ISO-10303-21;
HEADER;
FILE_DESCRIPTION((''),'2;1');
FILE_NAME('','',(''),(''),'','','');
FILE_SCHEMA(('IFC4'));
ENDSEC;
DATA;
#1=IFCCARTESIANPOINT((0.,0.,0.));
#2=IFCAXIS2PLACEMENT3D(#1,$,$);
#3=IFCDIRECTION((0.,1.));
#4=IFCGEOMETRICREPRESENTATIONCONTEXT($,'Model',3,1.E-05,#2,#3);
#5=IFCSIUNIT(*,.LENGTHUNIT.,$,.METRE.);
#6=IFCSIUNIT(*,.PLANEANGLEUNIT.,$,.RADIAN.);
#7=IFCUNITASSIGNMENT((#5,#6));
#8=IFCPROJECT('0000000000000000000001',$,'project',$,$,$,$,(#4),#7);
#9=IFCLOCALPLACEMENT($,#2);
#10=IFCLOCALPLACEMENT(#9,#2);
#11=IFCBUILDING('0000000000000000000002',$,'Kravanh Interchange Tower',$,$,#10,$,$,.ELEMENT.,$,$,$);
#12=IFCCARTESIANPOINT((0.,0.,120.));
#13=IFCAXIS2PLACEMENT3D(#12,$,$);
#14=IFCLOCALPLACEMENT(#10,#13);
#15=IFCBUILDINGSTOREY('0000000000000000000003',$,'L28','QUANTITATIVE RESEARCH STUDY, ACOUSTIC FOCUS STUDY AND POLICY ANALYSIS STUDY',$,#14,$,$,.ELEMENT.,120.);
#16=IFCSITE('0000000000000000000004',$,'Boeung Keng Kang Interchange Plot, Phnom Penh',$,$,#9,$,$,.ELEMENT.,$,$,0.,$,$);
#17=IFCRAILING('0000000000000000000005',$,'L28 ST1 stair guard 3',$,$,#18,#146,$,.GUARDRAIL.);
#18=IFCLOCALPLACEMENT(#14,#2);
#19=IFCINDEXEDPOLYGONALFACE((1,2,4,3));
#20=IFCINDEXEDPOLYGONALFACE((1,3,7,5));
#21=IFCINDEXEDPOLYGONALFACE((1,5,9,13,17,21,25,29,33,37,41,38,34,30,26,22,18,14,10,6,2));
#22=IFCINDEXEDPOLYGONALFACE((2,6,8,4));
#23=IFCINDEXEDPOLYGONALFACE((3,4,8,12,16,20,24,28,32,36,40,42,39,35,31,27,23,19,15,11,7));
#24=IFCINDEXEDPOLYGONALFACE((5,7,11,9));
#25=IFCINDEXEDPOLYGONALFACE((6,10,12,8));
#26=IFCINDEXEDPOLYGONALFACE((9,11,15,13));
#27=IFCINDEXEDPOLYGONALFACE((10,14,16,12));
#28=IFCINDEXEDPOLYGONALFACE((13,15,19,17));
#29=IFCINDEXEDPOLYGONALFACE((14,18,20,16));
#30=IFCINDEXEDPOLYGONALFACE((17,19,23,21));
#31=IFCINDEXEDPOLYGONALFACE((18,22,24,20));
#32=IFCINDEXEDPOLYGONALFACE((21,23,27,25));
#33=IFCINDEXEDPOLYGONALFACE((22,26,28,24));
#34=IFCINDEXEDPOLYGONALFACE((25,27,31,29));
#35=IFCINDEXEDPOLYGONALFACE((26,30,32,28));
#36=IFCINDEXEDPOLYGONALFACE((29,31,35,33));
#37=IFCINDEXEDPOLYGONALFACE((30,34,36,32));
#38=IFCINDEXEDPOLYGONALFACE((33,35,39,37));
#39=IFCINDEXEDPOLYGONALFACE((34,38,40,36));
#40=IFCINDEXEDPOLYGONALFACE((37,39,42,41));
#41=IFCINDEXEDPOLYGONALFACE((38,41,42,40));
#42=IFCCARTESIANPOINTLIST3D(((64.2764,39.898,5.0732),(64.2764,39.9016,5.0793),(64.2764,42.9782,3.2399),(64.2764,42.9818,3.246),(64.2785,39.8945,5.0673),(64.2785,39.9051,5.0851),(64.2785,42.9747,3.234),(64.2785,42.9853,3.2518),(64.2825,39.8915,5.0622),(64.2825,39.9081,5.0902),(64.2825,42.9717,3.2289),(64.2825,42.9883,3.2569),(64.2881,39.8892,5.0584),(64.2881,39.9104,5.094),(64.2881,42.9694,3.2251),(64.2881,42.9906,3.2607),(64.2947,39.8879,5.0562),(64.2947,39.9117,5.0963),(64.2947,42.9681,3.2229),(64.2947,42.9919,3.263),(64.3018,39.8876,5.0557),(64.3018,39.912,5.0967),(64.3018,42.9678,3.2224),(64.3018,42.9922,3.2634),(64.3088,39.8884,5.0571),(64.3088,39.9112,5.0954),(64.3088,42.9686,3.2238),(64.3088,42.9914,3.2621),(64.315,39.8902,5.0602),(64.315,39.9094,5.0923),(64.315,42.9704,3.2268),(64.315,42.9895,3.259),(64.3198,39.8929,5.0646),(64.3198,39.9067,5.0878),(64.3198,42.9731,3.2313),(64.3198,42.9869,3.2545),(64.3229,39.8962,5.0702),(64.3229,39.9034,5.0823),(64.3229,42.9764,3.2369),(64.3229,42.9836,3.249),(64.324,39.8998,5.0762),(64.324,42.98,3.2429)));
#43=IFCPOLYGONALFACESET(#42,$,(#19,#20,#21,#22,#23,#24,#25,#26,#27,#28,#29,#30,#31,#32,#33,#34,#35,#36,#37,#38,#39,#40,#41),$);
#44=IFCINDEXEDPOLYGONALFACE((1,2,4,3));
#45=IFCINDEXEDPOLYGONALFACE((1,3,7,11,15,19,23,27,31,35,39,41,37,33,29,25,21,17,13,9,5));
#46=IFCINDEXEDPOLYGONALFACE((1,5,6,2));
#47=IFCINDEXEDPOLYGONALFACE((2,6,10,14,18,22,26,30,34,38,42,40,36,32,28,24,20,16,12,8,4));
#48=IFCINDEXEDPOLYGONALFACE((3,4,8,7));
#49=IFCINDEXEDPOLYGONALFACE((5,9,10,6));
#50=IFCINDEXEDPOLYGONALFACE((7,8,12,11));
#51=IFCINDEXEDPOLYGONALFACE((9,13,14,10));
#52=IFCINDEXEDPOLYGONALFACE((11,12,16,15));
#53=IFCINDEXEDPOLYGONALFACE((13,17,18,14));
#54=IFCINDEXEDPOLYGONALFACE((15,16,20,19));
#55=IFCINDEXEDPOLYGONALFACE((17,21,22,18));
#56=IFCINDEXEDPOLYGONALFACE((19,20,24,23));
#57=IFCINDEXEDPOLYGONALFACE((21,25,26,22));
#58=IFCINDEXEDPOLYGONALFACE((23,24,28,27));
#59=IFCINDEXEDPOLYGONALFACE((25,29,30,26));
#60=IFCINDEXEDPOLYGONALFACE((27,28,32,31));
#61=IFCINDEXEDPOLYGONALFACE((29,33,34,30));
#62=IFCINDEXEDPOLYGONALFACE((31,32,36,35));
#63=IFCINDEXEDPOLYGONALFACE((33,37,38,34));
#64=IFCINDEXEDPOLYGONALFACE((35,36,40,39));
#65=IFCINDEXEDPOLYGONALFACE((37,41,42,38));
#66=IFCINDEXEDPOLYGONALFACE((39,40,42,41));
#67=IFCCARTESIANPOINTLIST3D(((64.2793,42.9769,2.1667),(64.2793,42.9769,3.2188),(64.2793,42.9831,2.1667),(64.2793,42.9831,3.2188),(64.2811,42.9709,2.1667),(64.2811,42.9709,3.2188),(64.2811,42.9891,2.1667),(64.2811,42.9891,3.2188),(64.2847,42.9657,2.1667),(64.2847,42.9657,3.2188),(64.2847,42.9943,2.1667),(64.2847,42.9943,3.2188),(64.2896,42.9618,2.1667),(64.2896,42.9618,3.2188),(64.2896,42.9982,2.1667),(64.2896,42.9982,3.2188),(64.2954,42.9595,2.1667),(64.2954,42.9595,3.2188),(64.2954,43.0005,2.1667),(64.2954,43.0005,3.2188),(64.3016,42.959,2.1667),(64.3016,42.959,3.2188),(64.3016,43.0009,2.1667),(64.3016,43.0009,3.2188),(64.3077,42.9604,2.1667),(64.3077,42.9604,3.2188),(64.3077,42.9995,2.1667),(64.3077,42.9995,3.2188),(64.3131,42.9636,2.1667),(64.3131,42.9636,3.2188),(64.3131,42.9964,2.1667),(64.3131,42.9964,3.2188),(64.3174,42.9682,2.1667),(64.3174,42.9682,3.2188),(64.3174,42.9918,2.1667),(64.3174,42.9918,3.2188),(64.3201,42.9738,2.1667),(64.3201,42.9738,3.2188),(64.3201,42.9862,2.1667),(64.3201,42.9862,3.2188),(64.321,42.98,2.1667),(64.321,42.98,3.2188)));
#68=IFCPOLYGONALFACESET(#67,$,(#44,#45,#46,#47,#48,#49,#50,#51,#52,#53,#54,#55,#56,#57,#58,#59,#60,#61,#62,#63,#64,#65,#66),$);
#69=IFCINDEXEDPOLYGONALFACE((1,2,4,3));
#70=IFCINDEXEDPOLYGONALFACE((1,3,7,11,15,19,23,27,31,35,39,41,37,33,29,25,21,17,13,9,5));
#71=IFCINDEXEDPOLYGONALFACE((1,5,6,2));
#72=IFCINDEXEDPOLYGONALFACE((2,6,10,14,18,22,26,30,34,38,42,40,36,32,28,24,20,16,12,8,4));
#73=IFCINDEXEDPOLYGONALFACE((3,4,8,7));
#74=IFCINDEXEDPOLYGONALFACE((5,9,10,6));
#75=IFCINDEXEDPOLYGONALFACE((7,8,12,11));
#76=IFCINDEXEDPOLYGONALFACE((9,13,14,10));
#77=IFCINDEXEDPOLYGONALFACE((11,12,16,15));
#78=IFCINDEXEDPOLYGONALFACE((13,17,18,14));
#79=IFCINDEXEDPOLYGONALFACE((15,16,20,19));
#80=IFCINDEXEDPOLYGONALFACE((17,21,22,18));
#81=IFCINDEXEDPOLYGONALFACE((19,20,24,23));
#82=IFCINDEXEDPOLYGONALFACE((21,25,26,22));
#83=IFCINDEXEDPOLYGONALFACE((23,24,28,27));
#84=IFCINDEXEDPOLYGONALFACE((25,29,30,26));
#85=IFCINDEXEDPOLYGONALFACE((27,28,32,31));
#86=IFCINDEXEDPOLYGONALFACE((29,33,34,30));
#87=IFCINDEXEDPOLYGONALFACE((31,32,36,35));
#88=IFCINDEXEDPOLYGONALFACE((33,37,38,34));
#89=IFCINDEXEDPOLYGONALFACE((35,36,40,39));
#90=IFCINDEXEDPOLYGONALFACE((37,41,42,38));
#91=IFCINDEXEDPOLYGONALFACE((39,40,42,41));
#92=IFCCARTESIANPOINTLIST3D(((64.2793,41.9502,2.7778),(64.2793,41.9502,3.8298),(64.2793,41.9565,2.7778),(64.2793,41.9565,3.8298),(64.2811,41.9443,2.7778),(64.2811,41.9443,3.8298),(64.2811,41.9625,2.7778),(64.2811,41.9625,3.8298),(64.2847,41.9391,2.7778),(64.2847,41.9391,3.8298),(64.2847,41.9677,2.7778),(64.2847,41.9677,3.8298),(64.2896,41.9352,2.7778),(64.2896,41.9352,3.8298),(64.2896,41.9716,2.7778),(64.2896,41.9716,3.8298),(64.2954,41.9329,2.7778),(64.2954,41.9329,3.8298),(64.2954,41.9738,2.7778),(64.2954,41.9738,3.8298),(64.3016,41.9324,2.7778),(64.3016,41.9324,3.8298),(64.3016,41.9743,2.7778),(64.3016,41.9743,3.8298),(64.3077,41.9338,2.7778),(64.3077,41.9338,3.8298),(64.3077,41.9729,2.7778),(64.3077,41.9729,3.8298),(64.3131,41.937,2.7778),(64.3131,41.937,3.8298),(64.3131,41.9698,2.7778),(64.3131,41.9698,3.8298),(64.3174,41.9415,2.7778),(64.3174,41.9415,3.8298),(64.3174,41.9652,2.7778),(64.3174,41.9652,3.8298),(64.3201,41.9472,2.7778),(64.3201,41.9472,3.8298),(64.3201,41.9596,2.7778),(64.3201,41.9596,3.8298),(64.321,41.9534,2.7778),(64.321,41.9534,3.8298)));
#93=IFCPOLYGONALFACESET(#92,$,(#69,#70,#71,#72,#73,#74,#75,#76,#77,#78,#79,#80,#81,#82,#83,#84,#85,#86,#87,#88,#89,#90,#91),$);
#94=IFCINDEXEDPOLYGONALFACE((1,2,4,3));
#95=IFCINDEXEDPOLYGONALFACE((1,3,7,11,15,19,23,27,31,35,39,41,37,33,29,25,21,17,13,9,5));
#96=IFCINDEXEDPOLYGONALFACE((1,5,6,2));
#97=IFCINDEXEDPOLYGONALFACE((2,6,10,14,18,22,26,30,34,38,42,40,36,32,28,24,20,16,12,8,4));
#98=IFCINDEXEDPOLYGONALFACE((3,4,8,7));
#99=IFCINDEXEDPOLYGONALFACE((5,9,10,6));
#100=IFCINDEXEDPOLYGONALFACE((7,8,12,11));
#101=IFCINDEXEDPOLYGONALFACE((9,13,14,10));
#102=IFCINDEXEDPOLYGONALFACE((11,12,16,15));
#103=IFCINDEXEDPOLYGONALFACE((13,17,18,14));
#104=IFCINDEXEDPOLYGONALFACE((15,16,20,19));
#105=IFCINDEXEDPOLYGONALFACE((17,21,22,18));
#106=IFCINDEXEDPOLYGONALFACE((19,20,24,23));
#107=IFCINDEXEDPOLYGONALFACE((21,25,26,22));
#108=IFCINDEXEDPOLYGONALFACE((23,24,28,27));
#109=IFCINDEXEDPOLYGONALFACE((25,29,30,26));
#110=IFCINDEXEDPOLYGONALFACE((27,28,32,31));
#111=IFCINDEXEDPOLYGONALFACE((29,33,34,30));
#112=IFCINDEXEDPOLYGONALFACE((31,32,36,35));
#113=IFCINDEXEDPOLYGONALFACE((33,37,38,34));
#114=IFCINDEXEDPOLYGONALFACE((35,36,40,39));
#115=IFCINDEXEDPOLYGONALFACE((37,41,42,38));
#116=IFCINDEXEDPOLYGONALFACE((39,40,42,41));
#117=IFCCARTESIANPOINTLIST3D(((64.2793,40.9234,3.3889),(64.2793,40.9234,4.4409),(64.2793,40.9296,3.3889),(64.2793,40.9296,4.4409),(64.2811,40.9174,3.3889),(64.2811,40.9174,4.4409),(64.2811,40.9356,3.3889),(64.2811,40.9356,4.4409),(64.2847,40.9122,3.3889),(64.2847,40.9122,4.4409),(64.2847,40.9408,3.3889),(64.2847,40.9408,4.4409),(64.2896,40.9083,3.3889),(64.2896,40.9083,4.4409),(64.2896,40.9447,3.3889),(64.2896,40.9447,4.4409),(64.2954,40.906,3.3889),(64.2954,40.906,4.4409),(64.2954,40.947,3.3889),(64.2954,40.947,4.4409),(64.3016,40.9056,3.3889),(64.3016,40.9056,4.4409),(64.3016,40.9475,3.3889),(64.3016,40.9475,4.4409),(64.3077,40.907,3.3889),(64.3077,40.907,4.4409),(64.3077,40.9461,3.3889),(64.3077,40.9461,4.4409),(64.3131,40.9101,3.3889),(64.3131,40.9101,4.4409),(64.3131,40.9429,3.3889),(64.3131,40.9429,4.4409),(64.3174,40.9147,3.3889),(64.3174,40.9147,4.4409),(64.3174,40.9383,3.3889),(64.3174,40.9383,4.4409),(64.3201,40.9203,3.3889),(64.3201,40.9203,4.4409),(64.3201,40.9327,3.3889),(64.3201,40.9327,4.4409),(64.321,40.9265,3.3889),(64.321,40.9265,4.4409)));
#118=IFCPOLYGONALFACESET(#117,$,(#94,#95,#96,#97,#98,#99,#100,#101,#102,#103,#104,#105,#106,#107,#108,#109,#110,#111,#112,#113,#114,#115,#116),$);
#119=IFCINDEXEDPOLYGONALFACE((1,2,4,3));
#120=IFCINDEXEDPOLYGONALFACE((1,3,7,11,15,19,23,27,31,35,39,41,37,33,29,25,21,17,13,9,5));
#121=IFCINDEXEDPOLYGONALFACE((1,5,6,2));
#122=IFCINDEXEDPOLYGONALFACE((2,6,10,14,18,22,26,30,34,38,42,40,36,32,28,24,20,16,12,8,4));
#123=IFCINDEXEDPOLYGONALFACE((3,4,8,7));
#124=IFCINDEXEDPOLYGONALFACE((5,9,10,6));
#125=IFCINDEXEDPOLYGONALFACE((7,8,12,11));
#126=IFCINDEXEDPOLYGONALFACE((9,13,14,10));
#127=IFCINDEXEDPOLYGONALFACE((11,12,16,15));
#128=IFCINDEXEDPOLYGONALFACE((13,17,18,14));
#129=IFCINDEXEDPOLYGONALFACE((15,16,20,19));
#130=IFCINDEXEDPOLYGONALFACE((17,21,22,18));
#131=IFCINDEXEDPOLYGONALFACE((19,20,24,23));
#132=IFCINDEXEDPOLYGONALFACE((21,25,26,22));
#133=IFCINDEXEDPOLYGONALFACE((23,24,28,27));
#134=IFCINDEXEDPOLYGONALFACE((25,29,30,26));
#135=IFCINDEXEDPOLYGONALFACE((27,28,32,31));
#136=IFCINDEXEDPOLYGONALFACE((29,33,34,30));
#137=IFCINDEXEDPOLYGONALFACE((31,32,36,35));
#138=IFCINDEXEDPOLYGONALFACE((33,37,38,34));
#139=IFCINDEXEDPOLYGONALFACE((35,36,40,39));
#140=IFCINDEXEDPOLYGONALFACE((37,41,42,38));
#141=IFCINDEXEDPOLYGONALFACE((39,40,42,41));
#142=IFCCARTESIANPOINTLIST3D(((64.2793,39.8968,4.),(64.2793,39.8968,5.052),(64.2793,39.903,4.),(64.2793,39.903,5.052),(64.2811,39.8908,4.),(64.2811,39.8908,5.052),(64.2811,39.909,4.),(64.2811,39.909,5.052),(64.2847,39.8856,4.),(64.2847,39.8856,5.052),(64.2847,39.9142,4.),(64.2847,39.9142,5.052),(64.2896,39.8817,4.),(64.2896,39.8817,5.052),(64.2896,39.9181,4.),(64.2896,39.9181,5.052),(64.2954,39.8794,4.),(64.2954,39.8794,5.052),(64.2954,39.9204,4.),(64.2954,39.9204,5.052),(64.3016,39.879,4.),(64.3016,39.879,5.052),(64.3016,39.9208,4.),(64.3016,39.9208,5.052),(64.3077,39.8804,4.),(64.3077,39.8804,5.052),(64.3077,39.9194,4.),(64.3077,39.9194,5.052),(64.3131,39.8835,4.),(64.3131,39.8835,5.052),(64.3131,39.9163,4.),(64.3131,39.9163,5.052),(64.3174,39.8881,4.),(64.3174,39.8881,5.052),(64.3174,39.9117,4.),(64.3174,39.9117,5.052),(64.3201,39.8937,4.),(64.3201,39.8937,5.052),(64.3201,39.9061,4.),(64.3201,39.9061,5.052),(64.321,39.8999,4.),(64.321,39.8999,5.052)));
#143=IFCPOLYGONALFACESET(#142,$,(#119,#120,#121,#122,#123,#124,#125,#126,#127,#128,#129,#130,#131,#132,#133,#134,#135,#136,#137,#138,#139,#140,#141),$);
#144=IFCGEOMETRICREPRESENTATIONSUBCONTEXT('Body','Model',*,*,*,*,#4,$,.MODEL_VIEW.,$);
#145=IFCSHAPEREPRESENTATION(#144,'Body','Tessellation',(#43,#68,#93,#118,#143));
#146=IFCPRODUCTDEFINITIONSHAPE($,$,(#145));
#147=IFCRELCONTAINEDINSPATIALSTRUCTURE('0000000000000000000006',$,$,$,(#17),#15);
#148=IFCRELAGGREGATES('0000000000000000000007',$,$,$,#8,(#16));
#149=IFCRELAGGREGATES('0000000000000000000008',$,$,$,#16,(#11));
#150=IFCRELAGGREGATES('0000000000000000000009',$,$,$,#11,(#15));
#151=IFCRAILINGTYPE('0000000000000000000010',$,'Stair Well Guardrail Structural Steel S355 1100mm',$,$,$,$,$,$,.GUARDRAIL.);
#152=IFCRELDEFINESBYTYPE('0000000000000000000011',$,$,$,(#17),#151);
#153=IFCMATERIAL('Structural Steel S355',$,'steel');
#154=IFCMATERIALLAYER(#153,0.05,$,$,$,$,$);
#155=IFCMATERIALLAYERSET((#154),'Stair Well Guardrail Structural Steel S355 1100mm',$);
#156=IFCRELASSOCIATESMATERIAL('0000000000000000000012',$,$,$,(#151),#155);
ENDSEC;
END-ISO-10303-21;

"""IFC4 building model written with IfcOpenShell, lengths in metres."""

from ifc_helpers import new_model, si_unit, direction, frame, origin, origin_2d, place, context, subcontext, project, spatial, circle, extrude, material, layer, layer_set, type_object, element, save


model = new_model("IFC4")

# Units and contexts
model_context = context("Model", 3, precision=1e-05, world=origin(), true_north=direction((0.0, 1.0)))
body_context = subcontext(model_context, "Body", "Model", "MODEL_VIEW")
ifc_project = project(units=[si_unit("LENGTHUNIT", "METRE"), si_unit("PLANEANGLEUNIT", "RADIAN")], contexts=[model_context])

# Site, building, storey
site_placement = place(None, origin())
site = spatial("IfcSite", under=ifc_project, at=site_placement, Name="Boeung Keng Kang Interchange Plot, Phnom Penh", CompositionType="ELEMENT", RefElevation=0.0)
building_placement = place(site_placement, origin())
building = spatial("IfcBuilding", under=site, at=building_placement, Name="Kravanh Interchange Tower", CompositionType="ELEMENT")
storey_placement = place(building_placement, frame((0.0, 0.0, 120.0)))
storey = spatial("IfcBuildingStorey", under=building, at=storey_placement, Name="L28", Description="QUANTITATIVE RESEARCH STUDY, ACOUSTIC FOCUS STUDY AND POLICY ANALYSIS STUDY", CompositionType="ELEMENT", Elevation=120.0)

# Railing
ifc_material_1 = material(Name="Structural Steel S355", Category="steel")
ifc_layer_1 = layer(ifc_material_1, 0.05)
ifc_layer_set_1 = layer_set([ifc_layer_1], Name="Stair Well Guardrail Structural Steel S355 1100mm")
railing_type_1 = type_object("IfcRailingType", Name="Stair Well Guardrail Structural Steel S355 1100mm", PredefinedType="GUARDRAIL", material=ifc_layer_set_1)
railing_1_placement = place(storey_placement, frame((64.3, 42.98, 2.1667)))
element("IfcRailing", 1, at=railing_1_placement, inside=storey, type_object=railing_type_1, Name="L28 ST1 stair guard 3", PredefinedType="GUARDRAIL", context=body_context, shape_type="SweptSolid", body=[
    extrude(circle(Radius=0.0239, at=origin_2d()), frame((0.0, 0.0, 1.0762), z_axis=(0.0, -0.859309, 0.511458), x_axis=(1.0, 0.0, 0.0)), (0.0, 0.0, 1.0), 3.5845),
    extrude(circle(Radius=0.021, at=origin_2d()), origin(), (0.0, 0.0, 1.0), 1.052),
    extrude(circle(Radius=0.021, at=origin_2d()), frame((0.0, -1.0266, 0.6111)), (0.0, 0.0, 1.0), 1.052),
    extrude(circle(Radius=0.021, at=origin_2d()), frame((0.0, -2.0535, 1.2222)), (0.0, 0.0, 1.0), 1.052),
    extrude(circle(Radius=0.021, at=origin_2d()), frame((0.0, -3.0801, 1.8333)), (0.0, 0.0, 1.0), 1.052),
])

save(model, "model.ifc")
